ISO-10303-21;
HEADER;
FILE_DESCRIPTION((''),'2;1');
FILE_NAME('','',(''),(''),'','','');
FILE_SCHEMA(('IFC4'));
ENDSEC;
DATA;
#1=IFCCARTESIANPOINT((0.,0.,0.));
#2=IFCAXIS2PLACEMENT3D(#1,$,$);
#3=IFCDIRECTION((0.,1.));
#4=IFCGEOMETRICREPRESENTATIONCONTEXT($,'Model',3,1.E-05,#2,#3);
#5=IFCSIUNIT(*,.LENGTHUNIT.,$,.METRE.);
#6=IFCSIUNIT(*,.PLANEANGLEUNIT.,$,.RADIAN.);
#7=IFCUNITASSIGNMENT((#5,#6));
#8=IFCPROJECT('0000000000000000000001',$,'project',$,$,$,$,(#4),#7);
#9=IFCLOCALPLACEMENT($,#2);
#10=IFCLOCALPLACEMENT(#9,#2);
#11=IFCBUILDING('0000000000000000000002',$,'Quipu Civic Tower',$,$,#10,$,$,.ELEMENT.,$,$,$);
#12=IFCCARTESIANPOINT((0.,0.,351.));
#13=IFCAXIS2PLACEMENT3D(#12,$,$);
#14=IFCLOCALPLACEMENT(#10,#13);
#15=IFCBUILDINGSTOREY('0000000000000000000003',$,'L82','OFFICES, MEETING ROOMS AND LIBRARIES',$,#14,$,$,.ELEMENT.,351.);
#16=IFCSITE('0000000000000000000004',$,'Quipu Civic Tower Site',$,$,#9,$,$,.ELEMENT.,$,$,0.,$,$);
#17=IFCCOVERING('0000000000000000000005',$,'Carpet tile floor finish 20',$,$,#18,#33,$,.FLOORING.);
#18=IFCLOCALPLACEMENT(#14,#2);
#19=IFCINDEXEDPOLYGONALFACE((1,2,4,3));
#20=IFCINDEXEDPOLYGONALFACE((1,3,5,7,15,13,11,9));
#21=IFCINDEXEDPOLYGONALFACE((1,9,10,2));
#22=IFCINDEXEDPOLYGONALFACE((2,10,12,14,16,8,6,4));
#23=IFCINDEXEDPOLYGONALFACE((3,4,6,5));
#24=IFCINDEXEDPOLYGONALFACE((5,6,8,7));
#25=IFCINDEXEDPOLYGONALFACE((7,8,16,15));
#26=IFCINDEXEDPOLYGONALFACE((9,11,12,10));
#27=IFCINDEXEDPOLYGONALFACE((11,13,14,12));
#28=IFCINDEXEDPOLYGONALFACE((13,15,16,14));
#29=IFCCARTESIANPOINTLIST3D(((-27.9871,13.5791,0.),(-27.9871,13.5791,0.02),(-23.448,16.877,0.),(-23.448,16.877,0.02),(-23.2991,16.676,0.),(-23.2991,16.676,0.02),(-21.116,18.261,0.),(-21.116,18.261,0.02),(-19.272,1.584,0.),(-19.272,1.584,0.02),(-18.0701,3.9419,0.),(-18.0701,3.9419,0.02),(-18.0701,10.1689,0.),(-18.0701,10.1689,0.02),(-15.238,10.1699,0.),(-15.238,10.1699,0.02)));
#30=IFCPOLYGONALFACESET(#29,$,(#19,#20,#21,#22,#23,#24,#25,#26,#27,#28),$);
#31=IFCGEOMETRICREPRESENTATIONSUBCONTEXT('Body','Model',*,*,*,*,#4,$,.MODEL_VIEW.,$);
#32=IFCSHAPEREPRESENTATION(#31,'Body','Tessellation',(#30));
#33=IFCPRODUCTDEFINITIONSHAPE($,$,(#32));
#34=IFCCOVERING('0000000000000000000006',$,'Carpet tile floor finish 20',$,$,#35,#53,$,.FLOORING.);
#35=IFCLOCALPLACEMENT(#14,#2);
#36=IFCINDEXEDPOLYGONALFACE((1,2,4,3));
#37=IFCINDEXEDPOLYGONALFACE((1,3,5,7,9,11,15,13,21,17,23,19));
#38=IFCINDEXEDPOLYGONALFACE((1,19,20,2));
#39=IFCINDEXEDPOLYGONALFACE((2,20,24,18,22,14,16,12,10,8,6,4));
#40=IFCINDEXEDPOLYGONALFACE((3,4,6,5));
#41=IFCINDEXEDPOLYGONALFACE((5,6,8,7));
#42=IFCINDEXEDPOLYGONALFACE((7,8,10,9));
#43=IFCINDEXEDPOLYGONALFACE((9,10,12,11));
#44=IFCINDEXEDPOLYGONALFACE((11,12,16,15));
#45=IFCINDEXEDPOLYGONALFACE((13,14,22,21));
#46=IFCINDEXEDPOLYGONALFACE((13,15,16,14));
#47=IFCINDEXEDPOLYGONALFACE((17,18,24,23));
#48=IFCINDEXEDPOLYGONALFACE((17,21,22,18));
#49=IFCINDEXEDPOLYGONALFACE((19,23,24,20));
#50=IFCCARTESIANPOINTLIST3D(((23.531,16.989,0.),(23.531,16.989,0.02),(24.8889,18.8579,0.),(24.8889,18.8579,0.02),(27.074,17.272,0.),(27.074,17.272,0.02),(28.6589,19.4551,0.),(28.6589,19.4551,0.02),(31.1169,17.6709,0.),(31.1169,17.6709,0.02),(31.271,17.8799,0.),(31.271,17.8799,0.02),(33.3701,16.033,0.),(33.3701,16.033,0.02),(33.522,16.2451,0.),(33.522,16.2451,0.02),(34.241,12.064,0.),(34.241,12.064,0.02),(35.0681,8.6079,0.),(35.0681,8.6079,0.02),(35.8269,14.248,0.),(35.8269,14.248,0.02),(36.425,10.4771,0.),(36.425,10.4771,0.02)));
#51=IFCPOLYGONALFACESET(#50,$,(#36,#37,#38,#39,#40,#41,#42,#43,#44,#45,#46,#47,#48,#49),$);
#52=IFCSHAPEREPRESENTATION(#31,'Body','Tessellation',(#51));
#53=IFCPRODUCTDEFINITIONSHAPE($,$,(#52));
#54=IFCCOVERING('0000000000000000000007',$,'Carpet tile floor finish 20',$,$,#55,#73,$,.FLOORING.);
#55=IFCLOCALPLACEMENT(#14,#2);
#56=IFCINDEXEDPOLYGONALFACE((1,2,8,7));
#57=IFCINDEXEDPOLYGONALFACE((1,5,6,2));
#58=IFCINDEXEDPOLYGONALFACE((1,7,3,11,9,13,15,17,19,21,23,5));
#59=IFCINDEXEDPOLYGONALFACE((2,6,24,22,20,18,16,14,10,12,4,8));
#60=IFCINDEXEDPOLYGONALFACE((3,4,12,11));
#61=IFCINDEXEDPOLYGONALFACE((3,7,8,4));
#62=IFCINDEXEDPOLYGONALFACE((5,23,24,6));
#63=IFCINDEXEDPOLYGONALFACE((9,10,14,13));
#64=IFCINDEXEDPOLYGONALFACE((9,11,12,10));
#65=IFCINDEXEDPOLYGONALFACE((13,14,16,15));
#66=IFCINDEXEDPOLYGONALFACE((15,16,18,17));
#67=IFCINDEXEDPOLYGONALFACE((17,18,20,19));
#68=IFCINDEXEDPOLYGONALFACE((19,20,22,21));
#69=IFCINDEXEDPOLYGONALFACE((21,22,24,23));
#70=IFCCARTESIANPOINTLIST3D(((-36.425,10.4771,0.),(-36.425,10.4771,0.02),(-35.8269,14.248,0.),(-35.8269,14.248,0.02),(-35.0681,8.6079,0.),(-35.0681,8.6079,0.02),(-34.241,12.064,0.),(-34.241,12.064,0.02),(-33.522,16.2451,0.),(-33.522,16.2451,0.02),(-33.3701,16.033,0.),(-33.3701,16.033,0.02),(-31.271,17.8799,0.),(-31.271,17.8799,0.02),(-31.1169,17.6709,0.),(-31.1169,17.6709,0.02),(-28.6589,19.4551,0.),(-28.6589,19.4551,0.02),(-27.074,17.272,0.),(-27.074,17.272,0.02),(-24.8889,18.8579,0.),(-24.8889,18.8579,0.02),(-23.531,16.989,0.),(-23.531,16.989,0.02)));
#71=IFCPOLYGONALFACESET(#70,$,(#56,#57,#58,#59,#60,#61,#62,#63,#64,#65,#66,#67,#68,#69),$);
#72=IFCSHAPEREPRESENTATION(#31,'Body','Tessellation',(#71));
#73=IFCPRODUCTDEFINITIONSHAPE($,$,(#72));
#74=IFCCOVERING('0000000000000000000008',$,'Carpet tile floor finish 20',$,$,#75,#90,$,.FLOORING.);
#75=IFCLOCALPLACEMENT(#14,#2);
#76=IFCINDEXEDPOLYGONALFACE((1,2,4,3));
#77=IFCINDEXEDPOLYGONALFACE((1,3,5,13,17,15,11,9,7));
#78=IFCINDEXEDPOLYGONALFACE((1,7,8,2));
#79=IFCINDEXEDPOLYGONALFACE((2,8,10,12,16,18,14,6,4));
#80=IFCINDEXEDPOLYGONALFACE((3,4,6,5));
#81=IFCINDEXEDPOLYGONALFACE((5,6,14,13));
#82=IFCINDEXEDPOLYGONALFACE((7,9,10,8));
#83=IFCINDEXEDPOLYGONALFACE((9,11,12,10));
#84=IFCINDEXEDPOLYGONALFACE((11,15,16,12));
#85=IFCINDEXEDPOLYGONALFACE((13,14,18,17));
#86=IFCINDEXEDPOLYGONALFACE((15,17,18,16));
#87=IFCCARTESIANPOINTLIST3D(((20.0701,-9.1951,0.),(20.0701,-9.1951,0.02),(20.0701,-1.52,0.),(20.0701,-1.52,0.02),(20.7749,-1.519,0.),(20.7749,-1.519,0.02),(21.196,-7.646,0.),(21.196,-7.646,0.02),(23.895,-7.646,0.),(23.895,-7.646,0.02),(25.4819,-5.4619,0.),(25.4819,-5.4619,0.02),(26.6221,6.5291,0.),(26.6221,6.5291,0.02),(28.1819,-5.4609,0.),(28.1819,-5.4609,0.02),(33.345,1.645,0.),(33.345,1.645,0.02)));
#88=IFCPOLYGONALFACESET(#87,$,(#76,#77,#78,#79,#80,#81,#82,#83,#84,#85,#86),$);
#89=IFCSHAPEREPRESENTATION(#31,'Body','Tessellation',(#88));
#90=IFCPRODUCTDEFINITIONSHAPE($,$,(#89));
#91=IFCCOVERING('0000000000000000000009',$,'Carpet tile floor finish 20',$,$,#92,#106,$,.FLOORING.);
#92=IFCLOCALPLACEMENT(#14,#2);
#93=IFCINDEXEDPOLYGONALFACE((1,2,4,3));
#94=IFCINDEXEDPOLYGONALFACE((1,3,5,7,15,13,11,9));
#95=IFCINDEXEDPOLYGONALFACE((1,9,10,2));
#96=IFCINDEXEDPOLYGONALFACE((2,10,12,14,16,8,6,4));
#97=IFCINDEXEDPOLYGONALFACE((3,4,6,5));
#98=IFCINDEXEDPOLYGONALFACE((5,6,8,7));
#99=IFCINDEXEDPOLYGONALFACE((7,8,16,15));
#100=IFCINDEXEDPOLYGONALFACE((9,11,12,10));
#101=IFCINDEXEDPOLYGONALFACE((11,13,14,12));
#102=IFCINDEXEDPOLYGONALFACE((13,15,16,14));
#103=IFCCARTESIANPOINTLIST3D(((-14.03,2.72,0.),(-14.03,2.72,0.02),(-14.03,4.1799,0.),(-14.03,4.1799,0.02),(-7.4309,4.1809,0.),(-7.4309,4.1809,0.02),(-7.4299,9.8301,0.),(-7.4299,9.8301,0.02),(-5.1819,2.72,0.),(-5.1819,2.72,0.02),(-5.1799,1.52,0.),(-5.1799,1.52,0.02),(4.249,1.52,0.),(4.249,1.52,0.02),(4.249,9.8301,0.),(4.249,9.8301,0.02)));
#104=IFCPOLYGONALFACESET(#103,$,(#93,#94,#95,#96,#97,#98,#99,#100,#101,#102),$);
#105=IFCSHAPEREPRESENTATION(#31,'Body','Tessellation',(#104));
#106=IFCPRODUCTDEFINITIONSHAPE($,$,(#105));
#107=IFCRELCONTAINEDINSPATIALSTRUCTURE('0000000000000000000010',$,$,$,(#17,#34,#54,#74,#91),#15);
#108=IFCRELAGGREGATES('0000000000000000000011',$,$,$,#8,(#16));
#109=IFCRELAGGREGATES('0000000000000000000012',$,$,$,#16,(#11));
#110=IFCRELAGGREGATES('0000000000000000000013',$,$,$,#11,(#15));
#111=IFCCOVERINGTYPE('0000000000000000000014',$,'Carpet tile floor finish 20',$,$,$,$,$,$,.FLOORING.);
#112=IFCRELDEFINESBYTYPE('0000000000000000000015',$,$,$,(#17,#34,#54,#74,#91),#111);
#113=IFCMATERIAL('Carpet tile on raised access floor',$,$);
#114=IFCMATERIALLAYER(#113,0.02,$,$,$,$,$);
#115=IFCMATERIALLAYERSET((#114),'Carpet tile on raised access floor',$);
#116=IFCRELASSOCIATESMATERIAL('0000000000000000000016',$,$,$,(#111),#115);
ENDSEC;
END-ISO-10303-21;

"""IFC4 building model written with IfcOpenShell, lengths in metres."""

from ifc_helpers import new_model, si_unit, direction, frame, origin, place, context, subcontext, project, spatial, polyline, outline, extrude, material, layer, layer_set, type_object, element, save


model = new_model("IFC4")

# Units and contexts
model_context = context("Model", 3, precision=1e-05, world=origin(), true_north=direction((0.0, 1.0)))
body_context = subcontext(model_context, "Body", "Model", "MODEL_VIEW")
ifc_project = project(units=[si_unit("LENGTHUNIT", "METRE"), si_unit("PLANEANGLEUNIT", "RADIAN")], contexts=[model_context])

# Site, building, storey
site_placement = place(None, origin())
site = spatial("IfcSite", under=ifc_project, at=site_placement, Name="Quipu Civic Tower Site", CompositionType="ELEMENT", RefElevation=0.0)
building_placement = place(site_placement, origin())
building = spatial("IfcBuilding", under=site, at=building_placement, Name="Quipu Civic Tower", CompositionType="ELEMENT")
storey_placement = place(building_placement, frame((0.0, 0.0, 351.0)))
storey = spatial("IfcBuildingStorey", under=building, at=storey_placement, Name="L82", Description="OFFICES, MEETING ROOMS AND LIBRARIES", CompositionType="ELEMENT", Elevation=351.0)

# Coverings
ifc_material_1 = material(Name="Carpet tile on raised access floor")
ifc_layer_1 = layer(ifc_material_1, 0.02)
ifc_layer_set_1 = layer_set([ifc_layer_1], Name="Carpet tile on raised access floor")
covering_type = type_object("IfcCoveringType", Name="Carpet tile floor finish 20", PredefinedType="FLOORING", material=ifc_layer_set_1)
covering_1_placement = place(storey_placement, origin())
element("IfcCovering", 1, at=covering_1_placement, inside=storey, type_object=covering_type, Name="Carpet tile floor finish 20", PredefinedType="FLOORING", context=body_context, shape_type="SweptSolid", body=[
    extrude(outline(polyline([(-27.9871, 13.5791), (-23.448, 16.877), (-23.2991, 16.676), (-21.116, 18.261), (-15.238, 10.1699), (-18.0701, 10.1689), (-18.0701, 3.9419), (-19.272, 1.584), (-27.9871, 13.5791)])), origin(), (0.0, 0.0, 1.0), 0.02),
])
covering_2_placement = place(storey_placement, origin())
element("IfcCovering", 2, at=covering_2_placement, inside=storey, type_object=covering_type, Name="Carpet tile floor finish 20", PredefinedType="FLOORING", context=body_context, shape_type="SweptSolid", body=[
    extrude(outline(polyline([(23.531, 16.989), (24.8889, 18.8579), (27.074, 17.272), (28.6589, 19.4551), (31.1169, 17.6709), (31.271, 17.8799), (33.522, 16.2451), (33.3701, 16.033), (35.8269, 14.248), (34.241, 12.064), (36.425, 10.4771), (35.0681, 8.6079), (23.531, 16.989)])), origin(), (0.0, 0.0, 1.0), 0.02),
])
covering_3_placement = place(storey_placement, origin())
element("IfcCovering", 3, at=covering_3_placement, inside=storey, type_object=covering_type, Name="Carpet tile floor finish 20", PredefinedType="FLOORING", context=body_context, shape_type="SweptSolid", body=[
    extrude(outline(polyline([(-36.425, 10.4771), (-34.241, 12.064), (-35.8269, 14.248), (-33.3701, 16.033), (-33.522, 16.2451), (-31.271, 17.8799), (-31.1169, 17.6709), (-28.6589, 19.4551), (-27.074, 17.272), (-24.8889, 18.8579), (-23.531, 16.989), (-35.0681, 8.6079), (-36.425, 10.4771)])), origin(), (0.0, 0.0, 1.0), 0.02),
])
covering_4_placement = place(storey_placement, origin())
element("IfcCovering", 4, at=covering_4_placement, inside=storey, type_object=covering_type, Name="Carpet tile floor finish 20", PredefinedType="FLOORING", context=body_context, shape_type="SweptSolid", body=[
    extrude(outline(polyline([(20.0701, -9.1951), (20.0701, -1.52), (20.7749, -1.519), (26.6221, 6.5291), (33.345, 1.645), (28.1819, -5.4609), (25.4819, -5.4619), (23.895, -7.646), (21.196, -7.646), (20.0701, -9.1951)])), origin(), (0.0, 0.0, 1.0), 0.02),
])
covering_5_placement = place(storey_placement, origin())
element("IfcCovering", 5, at=covering_5_placement, inside=storey, type_object=covering_type, Name="Carpet tile floor finish 20", PredefinedType="FLOORING", context=body_context, shape_type="SweptSolid", body=[
    extrude(outline(polyline([(-14.03, 2.72), (-14.03, 4.1799), (-7.4309, 4.1809), (-7.4299, 9.8301), (4.249, 9.8301), (4.249, 1.52), (-5.1799, 1.52), (-5.1819, 2.72), (-14.03, 2.72)])), origin(), (0.0, 0.0, 1.0), 0.02),
])

save(model, "model.ifc")
